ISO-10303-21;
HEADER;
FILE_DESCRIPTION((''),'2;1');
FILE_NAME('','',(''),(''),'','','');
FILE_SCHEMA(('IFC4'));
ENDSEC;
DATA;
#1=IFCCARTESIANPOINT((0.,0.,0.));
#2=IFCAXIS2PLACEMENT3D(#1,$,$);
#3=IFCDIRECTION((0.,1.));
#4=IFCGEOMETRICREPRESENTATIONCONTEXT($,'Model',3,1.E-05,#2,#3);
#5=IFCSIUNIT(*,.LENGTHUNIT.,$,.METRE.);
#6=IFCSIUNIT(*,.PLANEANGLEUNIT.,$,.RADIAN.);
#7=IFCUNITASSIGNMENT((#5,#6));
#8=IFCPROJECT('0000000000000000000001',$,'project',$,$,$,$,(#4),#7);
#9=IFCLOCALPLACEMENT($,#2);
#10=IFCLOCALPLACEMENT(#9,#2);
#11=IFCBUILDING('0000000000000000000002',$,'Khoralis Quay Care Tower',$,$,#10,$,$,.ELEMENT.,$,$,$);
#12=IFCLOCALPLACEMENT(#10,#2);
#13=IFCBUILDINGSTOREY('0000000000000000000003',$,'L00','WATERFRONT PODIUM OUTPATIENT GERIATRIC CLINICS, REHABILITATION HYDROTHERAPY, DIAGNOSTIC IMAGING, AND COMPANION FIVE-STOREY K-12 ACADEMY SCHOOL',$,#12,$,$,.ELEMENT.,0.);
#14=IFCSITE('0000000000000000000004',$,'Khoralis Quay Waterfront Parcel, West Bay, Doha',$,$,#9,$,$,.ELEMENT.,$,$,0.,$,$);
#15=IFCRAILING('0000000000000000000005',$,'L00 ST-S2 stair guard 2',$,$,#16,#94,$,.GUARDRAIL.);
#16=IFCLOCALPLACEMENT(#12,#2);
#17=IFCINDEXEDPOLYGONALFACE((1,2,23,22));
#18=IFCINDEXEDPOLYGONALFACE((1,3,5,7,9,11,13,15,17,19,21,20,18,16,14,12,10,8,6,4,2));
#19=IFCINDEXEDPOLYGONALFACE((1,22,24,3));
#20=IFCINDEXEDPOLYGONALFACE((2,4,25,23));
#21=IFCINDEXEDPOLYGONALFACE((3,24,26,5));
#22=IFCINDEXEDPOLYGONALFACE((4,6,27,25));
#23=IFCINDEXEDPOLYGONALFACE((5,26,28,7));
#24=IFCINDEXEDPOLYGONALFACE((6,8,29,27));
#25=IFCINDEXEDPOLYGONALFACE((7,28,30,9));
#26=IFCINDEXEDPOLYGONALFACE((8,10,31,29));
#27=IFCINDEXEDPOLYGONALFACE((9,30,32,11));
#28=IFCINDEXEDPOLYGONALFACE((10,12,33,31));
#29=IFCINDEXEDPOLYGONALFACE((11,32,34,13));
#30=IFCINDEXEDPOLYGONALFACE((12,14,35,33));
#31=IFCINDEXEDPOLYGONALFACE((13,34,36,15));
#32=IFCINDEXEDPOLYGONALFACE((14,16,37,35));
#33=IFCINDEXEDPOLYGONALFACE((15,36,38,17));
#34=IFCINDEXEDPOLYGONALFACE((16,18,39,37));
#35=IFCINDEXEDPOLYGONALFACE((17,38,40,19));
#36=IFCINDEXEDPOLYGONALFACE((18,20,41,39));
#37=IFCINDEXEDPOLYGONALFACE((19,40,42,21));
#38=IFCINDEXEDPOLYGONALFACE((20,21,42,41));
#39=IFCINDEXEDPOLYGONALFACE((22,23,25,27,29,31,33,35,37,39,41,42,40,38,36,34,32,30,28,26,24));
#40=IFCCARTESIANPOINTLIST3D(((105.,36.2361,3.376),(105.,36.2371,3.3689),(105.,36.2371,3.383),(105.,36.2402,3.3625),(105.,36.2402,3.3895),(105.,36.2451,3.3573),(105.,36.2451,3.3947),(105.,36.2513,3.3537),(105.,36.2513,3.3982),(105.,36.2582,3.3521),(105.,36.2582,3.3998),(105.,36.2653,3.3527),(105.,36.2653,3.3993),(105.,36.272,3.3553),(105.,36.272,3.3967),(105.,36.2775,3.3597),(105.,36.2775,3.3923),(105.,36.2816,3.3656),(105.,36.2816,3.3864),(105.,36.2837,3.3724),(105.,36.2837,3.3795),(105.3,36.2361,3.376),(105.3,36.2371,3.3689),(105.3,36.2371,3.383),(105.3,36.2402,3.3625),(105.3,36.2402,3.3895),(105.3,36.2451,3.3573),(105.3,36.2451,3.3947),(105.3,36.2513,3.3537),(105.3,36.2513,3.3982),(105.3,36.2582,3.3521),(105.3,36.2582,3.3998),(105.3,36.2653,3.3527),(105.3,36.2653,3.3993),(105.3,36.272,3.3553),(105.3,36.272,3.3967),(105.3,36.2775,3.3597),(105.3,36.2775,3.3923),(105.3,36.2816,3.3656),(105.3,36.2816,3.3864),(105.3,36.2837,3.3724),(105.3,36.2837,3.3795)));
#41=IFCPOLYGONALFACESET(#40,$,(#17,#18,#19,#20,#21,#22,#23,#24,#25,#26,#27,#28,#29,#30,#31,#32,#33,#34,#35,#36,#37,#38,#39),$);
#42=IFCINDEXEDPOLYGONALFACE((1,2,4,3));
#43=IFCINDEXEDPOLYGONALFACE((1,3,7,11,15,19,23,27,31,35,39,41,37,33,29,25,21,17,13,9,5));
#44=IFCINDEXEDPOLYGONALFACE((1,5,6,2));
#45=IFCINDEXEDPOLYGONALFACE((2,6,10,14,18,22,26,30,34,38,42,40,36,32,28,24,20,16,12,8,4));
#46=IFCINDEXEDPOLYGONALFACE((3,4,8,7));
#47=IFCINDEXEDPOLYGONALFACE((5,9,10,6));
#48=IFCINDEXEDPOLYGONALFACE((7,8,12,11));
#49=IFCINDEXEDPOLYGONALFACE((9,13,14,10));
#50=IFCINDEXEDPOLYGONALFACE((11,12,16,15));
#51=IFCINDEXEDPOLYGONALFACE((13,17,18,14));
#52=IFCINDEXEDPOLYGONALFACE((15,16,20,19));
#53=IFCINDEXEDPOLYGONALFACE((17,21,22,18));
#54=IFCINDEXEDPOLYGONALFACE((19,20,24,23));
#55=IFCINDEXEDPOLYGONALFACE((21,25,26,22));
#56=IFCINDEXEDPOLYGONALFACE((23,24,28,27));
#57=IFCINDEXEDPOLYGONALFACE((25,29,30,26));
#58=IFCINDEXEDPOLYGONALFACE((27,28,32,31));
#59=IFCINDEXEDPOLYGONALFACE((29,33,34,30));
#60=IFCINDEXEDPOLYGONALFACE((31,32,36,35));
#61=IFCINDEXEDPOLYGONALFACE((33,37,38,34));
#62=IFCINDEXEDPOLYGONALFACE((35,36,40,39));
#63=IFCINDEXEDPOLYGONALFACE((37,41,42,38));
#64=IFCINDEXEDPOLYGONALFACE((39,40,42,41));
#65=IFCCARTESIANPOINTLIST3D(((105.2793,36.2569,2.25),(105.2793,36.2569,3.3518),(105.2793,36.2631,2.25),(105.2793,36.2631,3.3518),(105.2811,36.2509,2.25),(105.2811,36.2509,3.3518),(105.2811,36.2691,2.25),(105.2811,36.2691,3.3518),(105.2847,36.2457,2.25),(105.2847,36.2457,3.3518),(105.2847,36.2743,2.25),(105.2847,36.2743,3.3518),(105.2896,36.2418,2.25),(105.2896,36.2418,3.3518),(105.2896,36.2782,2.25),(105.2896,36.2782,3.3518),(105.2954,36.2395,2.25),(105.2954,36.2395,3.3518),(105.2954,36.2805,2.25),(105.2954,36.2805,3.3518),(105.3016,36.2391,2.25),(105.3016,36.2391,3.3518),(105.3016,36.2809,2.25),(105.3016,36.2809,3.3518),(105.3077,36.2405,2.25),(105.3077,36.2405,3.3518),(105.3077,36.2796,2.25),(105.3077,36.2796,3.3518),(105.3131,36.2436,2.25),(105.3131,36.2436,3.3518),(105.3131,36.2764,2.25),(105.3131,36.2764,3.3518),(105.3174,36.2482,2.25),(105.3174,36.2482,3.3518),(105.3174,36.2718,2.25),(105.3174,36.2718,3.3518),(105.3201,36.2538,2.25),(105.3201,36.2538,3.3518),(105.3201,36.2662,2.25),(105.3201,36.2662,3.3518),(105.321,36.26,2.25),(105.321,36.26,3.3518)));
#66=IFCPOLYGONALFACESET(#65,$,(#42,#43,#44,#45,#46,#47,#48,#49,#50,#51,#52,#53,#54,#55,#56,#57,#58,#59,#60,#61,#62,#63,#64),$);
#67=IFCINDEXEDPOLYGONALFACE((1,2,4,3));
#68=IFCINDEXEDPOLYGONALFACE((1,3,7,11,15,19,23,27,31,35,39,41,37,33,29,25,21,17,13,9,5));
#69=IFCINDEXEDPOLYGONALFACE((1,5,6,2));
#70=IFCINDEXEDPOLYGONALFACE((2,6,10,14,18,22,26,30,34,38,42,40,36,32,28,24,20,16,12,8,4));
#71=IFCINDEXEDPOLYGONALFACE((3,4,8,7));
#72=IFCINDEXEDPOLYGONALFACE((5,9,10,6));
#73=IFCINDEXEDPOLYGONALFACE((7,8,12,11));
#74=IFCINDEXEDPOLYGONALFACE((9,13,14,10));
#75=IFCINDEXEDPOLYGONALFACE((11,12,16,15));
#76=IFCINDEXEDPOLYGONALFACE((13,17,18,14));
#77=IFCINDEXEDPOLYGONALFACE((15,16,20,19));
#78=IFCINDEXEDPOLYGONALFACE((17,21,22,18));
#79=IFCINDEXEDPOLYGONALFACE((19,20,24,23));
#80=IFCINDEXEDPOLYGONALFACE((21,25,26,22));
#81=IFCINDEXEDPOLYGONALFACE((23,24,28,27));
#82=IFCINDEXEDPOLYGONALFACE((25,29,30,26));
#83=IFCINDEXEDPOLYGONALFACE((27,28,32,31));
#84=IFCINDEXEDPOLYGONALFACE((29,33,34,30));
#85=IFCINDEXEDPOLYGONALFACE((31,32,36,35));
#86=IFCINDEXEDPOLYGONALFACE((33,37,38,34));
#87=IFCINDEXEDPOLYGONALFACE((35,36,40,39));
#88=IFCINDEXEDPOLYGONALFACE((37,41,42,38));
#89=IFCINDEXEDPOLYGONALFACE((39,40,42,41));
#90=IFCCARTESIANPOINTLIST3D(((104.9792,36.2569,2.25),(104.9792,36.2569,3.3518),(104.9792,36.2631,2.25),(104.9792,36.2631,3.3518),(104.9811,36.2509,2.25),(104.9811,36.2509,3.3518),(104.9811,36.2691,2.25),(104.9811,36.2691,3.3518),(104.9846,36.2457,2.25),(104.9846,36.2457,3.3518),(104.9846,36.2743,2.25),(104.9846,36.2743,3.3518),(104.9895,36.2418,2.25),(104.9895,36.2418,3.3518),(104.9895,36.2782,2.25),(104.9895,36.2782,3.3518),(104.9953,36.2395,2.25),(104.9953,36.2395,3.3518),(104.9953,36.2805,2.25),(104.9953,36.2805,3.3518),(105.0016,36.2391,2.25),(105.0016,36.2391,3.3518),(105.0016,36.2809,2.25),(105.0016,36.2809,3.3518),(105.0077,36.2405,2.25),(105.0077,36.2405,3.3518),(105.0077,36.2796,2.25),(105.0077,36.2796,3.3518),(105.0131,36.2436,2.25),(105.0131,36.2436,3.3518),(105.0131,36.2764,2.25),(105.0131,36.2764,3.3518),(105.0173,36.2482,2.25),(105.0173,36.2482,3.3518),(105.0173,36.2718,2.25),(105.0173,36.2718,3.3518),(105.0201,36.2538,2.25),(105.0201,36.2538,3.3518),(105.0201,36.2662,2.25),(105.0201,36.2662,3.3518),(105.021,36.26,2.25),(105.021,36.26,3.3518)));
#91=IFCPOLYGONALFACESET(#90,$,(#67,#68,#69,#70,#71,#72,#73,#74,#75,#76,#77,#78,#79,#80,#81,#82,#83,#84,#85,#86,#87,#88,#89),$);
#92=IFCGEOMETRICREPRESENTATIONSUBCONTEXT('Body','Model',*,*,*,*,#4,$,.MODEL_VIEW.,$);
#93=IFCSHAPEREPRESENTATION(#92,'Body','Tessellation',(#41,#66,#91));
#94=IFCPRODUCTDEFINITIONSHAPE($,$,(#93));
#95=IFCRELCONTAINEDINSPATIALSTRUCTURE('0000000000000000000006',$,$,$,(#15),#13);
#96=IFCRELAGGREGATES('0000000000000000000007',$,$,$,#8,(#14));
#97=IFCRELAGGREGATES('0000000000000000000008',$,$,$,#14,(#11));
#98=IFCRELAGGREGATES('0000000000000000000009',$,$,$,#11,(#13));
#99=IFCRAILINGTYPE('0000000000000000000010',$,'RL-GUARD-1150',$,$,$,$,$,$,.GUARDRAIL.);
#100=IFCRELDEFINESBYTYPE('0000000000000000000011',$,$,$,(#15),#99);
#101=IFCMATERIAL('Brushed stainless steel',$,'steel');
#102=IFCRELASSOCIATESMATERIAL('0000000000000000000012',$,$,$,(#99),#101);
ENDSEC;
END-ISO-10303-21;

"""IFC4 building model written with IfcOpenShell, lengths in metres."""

from ifc_helpers import new_model, si_unit, direction, frame, origin, origin_2d, place, context, subcontext, project, spatial, circle, extrude, material, type_object, element, save


model = new_model("IFC4")

# Units and contexts
model_context = context("Model", 3, precision=1e-05, world=origin(), true_north=direction((0.0, 1.0)))
body_context = subcontext(model_context, "Body", "Model", "MODEL_VIEW")
ifc_project = project(units=[si_unit("LENGTHUNIT", "METRE"), si_unit("PLANEANGLEUNIT", "RADIAN")], contexts=[model_context])

# Site, building, storey
site_placement = place(None, origin())
site = spatial("IfcSite", under=ifc_project, at=site_placement, Name="Khoralis Quay Waterfront Parcel, West Bay, Doha", CompositionType="ELEMENT", RefElevation=0.0)
building_placement = place(site_placement, origin())
building = spatial("IfcBuilding", under=site, at=building_placement, Name="Khoralis Quay Care Tower", CompositionType="ELEMENT")
storey_placement = place(building_placement, origin())
storey = spatial("IfcBuildingStorey", under=building, at=storey_placement, Name="L00", Description="WATERFRONT PODIUM OUTPATIENT GERIATRIC CLINICS, REHABILITATION HYDROTHERAPY, DIAGNOSTIC IMAGING, AND COMPANION FIVE-STOREY K-12 ACADEMY SCHOOL", CompositionType="ELEMENT", Elevation=0.0)

# Railing
ifc_material_1 = material(Name="Brushed stainless steel", Category="steel")
railing_type_1 = type_object("IfcRailingType", Name="RL-GUARD-1150", PredefinedType="GUARDRAIL", material=ifc_material_1)
railing_1_placement = place(storey_placement, frame((105.3, 36.26, 2.25)))
element("IfcRailing", 1, at=railing_1_placement, inside=storey, type_object=railing_type_1, Name="L00 ST-S2 stair guard 2", PredefinedType="GUARDRAIL", context=body_context, shape_type="SweptSolid", body=[
    extrude(circle(Radius=0.0239, at=origin_2d()), frame((0.0, 0.0, 1.126), z_axis=(-1.0, 0.0, 0.0), x_axis=(0.0, -1.0, 0.0)), (0.0, 0.0, 1.0), 0.3),
    extrude(circle(Radius=0.021, at=origin_2d()), origin(), (0.0, 0.0, 1.0), 1.1018),
    extrude(circle(Radius=0.021, at=origin_2d()), frame((-0.3, 0.0, 0.0)), (0.0, 0.0, 1.0), 1.1018),
])

save(model, "model.ifc")
